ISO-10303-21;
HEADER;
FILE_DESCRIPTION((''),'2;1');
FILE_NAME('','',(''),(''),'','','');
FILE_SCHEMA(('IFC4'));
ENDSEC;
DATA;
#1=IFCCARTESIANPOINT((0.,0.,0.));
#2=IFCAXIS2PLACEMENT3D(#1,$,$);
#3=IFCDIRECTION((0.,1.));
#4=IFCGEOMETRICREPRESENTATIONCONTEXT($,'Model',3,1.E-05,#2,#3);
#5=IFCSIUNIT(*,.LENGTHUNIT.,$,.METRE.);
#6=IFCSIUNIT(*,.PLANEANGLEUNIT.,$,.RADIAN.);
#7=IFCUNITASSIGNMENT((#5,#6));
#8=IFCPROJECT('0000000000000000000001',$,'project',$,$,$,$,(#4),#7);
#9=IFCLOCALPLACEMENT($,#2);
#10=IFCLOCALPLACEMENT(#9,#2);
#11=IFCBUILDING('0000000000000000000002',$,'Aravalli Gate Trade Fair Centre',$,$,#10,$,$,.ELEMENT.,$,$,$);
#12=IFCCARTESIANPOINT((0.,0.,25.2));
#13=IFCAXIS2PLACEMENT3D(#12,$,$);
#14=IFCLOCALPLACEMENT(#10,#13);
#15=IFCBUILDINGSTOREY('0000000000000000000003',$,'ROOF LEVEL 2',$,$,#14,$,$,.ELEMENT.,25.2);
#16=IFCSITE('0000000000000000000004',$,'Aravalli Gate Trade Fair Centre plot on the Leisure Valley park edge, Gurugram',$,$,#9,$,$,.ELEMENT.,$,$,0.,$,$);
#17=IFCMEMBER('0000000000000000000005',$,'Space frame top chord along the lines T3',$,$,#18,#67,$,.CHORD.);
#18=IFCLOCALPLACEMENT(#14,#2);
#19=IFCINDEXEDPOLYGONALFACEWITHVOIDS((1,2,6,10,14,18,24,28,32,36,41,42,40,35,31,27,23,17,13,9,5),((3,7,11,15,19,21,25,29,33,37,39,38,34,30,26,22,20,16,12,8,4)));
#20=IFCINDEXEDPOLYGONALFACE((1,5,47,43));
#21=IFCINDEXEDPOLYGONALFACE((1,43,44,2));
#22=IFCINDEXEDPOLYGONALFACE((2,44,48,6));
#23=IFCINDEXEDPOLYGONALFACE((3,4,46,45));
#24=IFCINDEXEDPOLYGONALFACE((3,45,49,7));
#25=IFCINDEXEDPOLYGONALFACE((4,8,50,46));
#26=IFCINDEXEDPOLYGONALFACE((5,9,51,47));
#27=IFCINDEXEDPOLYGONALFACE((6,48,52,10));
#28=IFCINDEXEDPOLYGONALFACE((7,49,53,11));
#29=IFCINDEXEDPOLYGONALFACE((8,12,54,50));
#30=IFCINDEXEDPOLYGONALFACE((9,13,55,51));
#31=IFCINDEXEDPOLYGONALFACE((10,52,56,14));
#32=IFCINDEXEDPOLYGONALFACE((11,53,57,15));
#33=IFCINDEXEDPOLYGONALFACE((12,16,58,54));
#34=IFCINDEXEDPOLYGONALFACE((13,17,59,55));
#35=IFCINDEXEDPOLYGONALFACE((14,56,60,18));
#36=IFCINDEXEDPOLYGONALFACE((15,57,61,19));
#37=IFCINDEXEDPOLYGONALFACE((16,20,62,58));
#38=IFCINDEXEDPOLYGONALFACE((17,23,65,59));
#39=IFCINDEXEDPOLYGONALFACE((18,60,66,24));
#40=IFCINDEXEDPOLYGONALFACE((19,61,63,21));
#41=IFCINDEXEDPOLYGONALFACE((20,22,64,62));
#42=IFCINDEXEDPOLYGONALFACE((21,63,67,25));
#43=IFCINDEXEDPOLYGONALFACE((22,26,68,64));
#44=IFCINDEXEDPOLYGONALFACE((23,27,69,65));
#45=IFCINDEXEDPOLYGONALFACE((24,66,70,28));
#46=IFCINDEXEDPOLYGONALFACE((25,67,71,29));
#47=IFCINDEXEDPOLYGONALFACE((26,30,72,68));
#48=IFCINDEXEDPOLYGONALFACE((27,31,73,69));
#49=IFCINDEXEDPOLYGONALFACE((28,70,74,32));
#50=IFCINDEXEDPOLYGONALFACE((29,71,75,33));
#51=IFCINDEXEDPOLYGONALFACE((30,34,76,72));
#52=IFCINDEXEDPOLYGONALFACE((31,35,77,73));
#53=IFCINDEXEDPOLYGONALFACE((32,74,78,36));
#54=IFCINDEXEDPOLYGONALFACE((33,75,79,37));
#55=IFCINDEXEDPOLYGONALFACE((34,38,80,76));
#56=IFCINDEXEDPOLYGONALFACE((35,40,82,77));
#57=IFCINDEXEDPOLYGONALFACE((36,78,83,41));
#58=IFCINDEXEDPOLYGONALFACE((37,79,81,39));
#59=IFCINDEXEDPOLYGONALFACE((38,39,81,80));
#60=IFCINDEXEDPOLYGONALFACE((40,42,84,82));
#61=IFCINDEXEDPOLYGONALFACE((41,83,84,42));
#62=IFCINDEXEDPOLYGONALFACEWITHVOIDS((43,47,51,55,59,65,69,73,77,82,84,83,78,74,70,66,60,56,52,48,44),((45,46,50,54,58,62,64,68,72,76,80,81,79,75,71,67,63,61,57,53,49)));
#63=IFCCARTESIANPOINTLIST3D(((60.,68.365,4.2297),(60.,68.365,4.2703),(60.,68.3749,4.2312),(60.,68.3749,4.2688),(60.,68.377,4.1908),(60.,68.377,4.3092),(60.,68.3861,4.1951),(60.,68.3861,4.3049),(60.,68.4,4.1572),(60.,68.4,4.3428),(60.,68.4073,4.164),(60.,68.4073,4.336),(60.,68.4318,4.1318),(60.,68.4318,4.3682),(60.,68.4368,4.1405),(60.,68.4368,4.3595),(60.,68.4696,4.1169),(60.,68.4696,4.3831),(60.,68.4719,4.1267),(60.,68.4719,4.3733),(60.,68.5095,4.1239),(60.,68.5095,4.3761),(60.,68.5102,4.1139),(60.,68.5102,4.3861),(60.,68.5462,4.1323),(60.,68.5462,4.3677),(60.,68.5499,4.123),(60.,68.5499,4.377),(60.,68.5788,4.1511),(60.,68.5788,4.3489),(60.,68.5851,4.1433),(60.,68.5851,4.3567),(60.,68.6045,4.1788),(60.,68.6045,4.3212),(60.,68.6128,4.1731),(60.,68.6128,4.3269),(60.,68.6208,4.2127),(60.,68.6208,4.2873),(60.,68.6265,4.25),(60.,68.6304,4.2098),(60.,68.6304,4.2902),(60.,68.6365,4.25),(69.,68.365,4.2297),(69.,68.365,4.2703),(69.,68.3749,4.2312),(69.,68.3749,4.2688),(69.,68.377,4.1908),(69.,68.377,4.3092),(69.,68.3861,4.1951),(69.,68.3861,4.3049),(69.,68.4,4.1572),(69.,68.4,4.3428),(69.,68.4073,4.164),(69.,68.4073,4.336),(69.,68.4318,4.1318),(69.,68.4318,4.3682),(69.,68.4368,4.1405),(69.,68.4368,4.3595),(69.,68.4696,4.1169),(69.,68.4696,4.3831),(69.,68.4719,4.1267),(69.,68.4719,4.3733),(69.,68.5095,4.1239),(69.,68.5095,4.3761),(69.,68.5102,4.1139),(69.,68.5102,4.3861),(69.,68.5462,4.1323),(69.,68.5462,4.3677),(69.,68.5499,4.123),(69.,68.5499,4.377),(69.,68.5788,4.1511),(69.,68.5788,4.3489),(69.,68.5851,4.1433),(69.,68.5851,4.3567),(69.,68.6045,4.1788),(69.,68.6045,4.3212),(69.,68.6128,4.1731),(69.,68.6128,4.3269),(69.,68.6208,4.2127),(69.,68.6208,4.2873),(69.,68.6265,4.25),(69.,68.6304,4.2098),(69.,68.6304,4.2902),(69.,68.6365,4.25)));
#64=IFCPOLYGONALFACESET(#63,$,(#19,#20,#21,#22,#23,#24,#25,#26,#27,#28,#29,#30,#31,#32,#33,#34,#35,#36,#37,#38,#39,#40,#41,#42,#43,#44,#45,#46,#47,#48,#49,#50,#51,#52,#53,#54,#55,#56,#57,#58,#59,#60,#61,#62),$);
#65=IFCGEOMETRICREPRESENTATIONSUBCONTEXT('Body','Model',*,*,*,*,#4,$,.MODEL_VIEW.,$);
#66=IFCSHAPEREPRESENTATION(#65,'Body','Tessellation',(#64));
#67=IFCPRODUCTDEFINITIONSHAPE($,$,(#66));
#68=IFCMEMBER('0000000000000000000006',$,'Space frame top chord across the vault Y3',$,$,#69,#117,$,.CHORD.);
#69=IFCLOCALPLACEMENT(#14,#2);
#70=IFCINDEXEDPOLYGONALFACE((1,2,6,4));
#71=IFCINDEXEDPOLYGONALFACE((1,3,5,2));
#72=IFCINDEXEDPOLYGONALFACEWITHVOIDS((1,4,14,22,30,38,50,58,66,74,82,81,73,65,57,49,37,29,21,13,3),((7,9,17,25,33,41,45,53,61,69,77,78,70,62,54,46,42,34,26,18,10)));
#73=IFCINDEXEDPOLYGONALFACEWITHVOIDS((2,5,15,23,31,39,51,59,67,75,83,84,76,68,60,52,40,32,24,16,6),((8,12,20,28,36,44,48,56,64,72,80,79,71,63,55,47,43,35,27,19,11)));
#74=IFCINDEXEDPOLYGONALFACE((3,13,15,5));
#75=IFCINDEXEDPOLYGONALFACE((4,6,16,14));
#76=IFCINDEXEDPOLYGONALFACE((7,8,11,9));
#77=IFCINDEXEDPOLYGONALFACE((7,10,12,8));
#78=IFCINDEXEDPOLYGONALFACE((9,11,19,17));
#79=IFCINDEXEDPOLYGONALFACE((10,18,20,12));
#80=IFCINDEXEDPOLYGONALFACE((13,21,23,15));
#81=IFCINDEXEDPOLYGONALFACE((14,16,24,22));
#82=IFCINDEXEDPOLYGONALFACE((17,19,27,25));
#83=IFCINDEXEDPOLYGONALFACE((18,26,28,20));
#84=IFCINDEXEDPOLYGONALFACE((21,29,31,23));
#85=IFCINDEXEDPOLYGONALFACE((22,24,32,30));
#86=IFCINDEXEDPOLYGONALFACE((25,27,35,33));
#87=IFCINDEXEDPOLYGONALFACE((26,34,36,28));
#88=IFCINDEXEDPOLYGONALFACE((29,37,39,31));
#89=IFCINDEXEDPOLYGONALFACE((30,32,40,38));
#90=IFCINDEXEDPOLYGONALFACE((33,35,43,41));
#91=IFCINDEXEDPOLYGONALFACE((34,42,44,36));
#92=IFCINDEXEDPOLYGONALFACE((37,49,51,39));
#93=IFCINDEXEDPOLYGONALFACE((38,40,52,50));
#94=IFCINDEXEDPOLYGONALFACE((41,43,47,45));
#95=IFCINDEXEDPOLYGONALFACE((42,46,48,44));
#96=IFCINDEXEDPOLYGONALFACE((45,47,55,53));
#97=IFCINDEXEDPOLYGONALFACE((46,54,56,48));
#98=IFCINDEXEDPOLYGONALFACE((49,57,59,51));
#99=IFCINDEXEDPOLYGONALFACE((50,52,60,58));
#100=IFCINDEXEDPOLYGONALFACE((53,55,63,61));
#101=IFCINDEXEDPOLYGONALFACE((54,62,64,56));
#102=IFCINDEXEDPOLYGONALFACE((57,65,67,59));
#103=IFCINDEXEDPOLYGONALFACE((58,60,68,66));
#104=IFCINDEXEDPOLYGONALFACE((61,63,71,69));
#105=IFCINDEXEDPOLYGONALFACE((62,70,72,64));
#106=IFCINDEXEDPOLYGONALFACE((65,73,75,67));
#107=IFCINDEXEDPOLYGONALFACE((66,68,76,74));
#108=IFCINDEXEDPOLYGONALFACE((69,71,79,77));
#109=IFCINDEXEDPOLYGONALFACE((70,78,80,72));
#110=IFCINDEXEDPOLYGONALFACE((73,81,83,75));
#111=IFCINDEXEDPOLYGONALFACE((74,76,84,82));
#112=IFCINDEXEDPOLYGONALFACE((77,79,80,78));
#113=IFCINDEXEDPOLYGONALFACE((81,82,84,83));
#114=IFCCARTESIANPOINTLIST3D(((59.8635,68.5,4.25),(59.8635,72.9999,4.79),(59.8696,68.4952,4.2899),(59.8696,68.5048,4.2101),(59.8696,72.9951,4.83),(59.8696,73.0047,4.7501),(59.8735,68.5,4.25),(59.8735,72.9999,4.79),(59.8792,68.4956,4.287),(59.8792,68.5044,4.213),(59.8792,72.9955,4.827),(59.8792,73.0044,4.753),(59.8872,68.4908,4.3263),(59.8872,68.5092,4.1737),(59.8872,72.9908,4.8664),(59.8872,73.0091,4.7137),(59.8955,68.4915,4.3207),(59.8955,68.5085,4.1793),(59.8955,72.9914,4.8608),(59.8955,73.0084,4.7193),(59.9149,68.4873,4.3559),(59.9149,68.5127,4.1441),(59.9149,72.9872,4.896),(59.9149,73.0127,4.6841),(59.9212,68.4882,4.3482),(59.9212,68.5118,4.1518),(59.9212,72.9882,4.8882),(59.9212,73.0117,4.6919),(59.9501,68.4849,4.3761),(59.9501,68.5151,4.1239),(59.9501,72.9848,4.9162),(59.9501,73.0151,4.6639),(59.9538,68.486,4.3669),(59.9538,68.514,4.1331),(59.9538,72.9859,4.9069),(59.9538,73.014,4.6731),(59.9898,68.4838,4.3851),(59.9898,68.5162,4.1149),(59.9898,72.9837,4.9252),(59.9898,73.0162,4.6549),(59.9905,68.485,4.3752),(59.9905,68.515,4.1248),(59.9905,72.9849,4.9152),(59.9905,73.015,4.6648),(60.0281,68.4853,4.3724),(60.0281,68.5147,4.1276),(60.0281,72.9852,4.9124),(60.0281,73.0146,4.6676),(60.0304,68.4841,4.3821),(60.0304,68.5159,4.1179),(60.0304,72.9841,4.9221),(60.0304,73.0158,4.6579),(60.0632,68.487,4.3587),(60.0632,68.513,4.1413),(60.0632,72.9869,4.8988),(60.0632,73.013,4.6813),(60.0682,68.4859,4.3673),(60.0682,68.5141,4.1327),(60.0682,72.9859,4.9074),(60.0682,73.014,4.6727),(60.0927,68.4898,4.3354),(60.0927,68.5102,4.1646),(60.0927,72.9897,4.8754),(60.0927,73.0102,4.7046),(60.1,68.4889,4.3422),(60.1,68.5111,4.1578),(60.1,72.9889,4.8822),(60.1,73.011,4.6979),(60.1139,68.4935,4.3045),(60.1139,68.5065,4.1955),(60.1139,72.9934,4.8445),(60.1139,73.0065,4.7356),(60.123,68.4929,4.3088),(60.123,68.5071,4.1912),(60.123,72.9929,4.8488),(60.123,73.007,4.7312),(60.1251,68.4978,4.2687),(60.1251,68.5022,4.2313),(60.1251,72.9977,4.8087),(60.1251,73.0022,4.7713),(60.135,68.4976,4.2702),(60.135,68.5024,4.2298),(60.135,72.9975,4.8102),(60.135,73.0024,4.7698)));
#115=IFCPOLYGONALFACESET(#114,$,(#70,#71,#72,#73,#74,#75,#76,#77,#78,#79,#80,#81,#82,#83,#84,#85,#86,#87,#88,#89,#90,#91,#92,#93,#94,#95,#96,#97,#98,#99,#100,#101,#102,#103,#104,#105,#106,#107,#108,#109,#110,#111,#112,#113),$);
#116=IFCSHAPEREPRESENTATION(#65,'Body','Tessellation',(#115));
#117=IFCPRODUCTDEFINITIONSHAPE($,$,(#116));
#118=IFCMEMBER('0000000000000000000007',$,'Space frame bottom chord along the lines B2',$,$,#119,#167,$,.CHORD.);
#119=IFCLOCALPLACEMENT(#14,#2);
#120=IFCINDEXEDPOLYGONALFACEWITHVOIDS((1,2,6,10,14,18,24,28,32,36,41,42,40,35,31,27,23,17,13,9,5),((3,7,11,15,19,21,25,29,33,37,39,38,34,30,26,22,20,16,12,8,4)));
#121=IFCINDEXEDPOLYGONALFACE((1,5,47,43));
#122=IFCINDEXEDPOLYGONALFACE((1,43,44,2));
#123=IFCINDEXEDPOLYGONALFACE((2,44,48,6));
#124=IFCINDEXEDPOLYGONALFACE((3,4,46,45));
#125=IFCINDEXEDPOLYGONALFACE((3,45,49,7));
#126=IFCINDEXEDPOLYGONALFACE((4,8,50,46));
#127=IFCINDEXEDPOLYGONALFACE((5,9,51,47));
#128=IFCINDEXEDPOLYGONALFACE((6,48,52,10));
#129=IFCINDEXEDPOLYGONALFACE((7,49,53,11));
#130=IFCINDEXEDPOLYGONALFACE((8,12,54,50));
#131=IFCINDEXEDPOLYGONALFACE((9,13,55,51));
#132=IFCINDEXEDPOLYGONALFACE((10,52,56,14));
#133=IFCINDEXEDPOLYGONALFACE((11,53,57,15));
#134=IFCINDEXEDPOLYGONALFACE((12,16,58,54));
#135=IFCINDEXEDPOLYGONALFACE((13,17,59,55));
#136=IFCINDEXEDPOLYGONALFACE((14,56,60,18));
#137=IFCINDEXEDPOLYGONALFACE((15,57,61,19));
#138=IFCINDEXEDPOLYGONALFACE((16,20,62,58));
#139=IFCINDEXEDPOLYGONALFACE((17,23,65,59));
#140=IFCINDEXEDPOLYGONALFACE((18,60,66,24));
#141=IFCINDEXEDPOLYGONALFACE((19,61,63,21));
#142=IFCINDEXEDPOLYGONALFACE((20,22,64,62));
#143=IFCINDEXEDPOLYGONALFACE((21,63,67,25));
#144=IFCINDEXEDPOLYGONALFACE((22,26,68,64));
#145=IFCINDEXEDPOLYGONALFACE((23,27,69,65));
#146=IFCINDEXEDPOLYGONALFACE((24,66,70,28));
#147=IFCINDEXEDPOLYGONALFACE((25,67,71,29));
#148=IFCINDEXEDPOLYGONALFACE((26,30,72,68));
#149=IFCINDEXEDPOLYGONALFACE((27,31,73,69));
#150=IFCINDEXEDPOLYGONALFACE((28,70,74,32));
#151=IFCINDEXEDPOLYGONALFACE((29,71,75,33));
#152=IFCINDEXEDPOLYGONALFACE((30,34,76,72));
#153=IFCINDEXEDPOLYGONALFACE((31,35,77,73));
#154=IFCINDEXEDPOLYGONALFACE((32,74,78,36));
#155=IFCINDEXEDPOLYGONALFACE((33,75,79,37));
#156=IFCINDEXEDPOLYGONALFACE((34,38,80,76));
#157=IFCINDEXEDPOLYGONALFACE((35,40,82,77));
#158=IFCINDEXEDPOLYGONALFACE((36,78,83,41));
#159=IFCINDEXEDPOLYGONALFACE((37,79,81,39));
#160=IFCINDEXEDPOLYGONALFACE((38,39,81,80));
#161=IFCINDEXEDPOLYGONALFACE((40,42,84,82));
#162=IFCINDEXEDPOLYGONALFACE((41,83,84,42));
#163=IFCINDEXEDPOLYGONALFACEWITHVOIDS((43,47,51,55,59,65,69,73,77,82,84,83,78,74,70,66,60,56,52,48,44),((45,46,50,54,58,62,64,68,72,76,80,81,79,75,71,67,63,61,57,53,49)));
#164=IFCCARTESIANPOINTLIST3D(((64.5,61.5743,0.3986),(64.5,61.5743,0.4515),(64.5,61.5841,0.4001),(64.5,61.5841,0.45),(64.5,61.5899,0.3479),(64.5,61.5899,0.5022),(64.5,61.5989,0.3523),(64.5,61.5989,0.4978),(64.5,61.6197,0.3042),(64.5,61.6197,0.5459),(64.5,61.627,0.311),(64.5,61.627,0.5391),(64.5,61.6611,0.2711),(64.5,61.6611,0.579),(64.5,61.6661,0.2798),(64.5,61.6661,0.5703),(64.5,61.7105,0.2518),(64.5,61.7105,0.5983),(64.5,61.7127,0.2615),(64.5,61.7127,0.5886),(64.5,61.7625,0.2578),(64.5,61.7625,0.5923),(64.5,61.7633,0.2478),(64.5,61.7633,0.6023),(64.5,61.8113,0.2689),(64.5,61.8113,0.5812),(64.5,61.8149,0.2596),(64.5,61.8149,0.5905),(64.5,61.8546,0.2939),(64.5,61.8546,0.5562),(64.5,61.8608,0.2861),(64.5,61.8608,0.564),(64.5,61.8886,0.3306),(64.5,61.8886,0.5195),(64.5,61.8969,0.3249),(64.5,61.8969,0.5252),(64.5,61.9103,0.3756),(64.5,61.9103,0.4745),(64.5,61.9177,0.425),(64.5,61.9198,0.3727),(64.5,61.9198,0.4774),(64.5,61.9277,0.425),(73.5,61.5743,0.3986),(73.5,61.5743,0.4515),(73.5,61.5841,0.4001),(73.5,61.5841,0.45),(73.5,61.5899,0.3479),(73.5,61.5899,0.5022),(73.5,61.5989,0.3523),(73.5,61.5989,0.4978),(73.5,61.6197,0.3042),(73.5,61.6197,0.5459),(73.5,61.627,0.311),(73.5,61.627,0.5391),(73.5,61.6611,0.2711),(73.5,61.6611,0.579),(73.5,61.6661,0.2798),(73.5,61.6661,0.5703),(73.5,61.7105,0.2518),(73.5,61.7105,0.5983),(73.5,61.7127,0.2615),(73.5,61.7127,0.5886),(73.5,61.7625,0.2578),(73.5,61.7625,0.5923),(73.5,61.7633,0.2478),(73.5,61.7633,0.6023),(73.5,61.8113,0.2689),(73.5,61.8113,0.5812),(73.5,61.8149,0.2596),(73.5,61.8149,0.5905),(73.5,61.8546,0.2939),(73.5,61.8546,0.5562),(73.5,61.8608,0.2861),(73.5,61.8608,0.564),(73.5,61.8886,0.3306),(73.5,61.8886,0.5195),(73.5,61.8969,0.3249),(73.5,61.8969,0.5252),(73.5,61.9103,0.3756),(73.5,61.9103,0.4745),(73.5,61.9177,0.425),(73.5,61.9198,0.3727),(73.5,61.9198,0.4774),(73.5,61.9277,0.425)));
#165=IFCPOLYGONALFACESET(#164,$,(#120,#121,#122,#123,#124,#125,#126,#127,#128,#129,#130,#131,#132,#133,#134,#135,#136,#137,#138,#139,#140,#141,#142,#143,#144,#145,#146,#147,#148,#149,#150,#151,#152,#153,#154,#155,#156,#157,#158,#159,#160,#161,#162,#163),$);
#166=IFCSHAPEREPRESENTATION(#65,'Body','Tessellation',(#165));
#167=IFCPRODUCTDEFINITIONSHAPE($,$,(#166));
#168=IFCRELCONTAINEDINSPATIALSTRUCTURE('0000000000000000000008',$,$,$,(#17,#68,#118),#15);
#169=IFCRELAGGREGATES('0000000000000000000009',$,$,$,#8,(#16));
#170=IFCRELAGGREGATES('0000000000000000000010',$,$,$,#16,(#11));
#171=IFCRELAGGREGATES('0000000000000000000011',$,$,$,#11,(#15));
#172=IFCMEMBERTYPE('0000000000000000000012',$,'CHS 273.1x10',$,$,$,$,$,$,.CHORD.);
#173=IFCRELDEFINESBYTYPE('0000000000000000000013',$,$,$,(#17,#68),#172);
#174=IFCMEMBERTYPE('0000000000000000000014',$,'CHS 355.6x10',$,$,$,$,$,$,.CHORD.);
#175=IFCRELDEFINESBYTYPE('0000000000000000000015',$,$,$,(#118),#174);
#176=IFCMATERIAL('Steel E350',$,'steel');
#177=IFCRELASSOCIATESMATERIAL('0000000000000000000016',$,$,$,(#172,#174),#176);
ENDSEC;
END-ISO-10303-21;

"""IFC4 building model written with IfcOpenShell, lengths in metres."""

from ifc_helpers import new_model, si_unit, direction, frame, origin, origin_2d, place, context, subcontext, project, spatial, hollow_circle, extrude, material, material_profile, profile_set, type_object, element, save


model = new_model("IFC4")

# Units and contexts
model_context = context("Model", 3, precision=1e-05, world=origin(), true_north=direction((0.0, 1.0)))
body_context = subcontext(model_context, "Body", "Model", "MODEL_VIEW")
ifc_project = project(units=[si_unit("LENGTHUNIT", "METRE"), si_unit("PLANEANGLEUNIT", "RADIAN")], contexts=[model_context])

# Site, building, storey
site_placement = place(None, origin())
site = spatial("IfcSite", under=ifc_project, at=site_placement, Name="Aravalli Gate Trade Fair Centre plot on the Leisure Valley park edge, Gurugram", CompositionType="ELEMENT", RefElevation=0.0)
building_placement = place(site_placement, origin())
building = spatial("IfcBuilding", under=site, at=building_placement, Name="Aravalli Gate Trade Fair Centre", CompositionType="ELEMENT")
storey_placement = place(building_placement, frame((0.0, 0.0, 25.2)))
storey = spatial("IfcBuildingStorey", under=building, at=storey_placement, Name="ROOF LEVEL 2", CompositionType="ELEMENT", Elevation=25.2)

# Members
ifc_material = material(Name="Steel E350", Category="steel")
ifc_material_profile_1 = material_profile(ifc_material, hollow_circle(Radius=0.1365, WallThickness=0.01, at=origin_2d()), Name="CHS 273.1x10")
ifc_profile_set_1 = profile_set([ifc_material_profile_1], Name="Steel E350")
member_type_1 = type_object("IfcMemberType", Name="CHS 273.1x10", PredefinedType="CHORD", material=ifc_profile_set_1)
member_1_placement = place(storey_placement, frame((60.0, 68.5, 4.25), z_axis=(1.0, 0.0, 0.0), x_axis=(0.0, 1.0, 0.0)))
element("IfcMember", 1, at=member_1_placement, inside=storey, type_object=member_type_1, Name="Space frame top chord along the lines T3", PredefinedType="CHORD", context=body_context, shape_type="SweptSolid", body=[
    extrude(hollow_circle(Radius=0.1365, WallThickness=0.01, at=origin_2d()), origin(), (0.0, 0.0, 1.0), 9.0),
])
member_2_placement = place(storey_placement, frame((60.0, 68.5, 4.25), z_axis=(0.0, 0.992876, 0.119154), x_axis=(-1.0, 0.0, 0.0)))
element("IfcMember", 2, at=member_2_placement, inside=storey, type_object=member_type_1, Name="Space frame top chord across the vault Y3", PredefinedType="CHORD", context=body_context, shape_type="SweptSolid", body=[
    extrude(hollow_circle(Radius=0.1365, WallThickness=0.01, at=origin_2d()), origin(), (0.0, 0.0, 1.0), 4.5322),
])
ifc_material_profile_2 = material_profile(ifc_material, hollow_circle(Radius=0.1777, WallThickness=0.01, at=origin_2d()), Name="CHS 355.6x10")
ifc_profile_set_2 = profile_set([ifc_material_profile_2], Name="Steel E350")
member_type_2 = type_object("IfcMemberType", Name="CHS 355.6x10", PredefinedType="CHORD", material=ifc_profile_set_2)
for number, where, z_axis, x_axis, name in (
    (3, (64.5, 61.75, 0.425), (1.0, 0.0, 0.0), (0.0, 1.0, 0.0), "Space frame bottom chord along the lines B2"),
):
    element("IfcMember", number, at=place(storey_placement, frame(where, z_axis=z_axis, x_axis=x_axis)), inside=storey, type_object=member_type_2, Name=name, PredefinedType="CHORD", context=body_context, shape_type="SweptSolid", body=[
        extrude(hollow_circle(Radius=0.1777, WallThickness=0.01, at=origin_2d()), origin(), (0.0, 0.0, 1.0), 9.0),
    ])

save(model, "model.ifc")
